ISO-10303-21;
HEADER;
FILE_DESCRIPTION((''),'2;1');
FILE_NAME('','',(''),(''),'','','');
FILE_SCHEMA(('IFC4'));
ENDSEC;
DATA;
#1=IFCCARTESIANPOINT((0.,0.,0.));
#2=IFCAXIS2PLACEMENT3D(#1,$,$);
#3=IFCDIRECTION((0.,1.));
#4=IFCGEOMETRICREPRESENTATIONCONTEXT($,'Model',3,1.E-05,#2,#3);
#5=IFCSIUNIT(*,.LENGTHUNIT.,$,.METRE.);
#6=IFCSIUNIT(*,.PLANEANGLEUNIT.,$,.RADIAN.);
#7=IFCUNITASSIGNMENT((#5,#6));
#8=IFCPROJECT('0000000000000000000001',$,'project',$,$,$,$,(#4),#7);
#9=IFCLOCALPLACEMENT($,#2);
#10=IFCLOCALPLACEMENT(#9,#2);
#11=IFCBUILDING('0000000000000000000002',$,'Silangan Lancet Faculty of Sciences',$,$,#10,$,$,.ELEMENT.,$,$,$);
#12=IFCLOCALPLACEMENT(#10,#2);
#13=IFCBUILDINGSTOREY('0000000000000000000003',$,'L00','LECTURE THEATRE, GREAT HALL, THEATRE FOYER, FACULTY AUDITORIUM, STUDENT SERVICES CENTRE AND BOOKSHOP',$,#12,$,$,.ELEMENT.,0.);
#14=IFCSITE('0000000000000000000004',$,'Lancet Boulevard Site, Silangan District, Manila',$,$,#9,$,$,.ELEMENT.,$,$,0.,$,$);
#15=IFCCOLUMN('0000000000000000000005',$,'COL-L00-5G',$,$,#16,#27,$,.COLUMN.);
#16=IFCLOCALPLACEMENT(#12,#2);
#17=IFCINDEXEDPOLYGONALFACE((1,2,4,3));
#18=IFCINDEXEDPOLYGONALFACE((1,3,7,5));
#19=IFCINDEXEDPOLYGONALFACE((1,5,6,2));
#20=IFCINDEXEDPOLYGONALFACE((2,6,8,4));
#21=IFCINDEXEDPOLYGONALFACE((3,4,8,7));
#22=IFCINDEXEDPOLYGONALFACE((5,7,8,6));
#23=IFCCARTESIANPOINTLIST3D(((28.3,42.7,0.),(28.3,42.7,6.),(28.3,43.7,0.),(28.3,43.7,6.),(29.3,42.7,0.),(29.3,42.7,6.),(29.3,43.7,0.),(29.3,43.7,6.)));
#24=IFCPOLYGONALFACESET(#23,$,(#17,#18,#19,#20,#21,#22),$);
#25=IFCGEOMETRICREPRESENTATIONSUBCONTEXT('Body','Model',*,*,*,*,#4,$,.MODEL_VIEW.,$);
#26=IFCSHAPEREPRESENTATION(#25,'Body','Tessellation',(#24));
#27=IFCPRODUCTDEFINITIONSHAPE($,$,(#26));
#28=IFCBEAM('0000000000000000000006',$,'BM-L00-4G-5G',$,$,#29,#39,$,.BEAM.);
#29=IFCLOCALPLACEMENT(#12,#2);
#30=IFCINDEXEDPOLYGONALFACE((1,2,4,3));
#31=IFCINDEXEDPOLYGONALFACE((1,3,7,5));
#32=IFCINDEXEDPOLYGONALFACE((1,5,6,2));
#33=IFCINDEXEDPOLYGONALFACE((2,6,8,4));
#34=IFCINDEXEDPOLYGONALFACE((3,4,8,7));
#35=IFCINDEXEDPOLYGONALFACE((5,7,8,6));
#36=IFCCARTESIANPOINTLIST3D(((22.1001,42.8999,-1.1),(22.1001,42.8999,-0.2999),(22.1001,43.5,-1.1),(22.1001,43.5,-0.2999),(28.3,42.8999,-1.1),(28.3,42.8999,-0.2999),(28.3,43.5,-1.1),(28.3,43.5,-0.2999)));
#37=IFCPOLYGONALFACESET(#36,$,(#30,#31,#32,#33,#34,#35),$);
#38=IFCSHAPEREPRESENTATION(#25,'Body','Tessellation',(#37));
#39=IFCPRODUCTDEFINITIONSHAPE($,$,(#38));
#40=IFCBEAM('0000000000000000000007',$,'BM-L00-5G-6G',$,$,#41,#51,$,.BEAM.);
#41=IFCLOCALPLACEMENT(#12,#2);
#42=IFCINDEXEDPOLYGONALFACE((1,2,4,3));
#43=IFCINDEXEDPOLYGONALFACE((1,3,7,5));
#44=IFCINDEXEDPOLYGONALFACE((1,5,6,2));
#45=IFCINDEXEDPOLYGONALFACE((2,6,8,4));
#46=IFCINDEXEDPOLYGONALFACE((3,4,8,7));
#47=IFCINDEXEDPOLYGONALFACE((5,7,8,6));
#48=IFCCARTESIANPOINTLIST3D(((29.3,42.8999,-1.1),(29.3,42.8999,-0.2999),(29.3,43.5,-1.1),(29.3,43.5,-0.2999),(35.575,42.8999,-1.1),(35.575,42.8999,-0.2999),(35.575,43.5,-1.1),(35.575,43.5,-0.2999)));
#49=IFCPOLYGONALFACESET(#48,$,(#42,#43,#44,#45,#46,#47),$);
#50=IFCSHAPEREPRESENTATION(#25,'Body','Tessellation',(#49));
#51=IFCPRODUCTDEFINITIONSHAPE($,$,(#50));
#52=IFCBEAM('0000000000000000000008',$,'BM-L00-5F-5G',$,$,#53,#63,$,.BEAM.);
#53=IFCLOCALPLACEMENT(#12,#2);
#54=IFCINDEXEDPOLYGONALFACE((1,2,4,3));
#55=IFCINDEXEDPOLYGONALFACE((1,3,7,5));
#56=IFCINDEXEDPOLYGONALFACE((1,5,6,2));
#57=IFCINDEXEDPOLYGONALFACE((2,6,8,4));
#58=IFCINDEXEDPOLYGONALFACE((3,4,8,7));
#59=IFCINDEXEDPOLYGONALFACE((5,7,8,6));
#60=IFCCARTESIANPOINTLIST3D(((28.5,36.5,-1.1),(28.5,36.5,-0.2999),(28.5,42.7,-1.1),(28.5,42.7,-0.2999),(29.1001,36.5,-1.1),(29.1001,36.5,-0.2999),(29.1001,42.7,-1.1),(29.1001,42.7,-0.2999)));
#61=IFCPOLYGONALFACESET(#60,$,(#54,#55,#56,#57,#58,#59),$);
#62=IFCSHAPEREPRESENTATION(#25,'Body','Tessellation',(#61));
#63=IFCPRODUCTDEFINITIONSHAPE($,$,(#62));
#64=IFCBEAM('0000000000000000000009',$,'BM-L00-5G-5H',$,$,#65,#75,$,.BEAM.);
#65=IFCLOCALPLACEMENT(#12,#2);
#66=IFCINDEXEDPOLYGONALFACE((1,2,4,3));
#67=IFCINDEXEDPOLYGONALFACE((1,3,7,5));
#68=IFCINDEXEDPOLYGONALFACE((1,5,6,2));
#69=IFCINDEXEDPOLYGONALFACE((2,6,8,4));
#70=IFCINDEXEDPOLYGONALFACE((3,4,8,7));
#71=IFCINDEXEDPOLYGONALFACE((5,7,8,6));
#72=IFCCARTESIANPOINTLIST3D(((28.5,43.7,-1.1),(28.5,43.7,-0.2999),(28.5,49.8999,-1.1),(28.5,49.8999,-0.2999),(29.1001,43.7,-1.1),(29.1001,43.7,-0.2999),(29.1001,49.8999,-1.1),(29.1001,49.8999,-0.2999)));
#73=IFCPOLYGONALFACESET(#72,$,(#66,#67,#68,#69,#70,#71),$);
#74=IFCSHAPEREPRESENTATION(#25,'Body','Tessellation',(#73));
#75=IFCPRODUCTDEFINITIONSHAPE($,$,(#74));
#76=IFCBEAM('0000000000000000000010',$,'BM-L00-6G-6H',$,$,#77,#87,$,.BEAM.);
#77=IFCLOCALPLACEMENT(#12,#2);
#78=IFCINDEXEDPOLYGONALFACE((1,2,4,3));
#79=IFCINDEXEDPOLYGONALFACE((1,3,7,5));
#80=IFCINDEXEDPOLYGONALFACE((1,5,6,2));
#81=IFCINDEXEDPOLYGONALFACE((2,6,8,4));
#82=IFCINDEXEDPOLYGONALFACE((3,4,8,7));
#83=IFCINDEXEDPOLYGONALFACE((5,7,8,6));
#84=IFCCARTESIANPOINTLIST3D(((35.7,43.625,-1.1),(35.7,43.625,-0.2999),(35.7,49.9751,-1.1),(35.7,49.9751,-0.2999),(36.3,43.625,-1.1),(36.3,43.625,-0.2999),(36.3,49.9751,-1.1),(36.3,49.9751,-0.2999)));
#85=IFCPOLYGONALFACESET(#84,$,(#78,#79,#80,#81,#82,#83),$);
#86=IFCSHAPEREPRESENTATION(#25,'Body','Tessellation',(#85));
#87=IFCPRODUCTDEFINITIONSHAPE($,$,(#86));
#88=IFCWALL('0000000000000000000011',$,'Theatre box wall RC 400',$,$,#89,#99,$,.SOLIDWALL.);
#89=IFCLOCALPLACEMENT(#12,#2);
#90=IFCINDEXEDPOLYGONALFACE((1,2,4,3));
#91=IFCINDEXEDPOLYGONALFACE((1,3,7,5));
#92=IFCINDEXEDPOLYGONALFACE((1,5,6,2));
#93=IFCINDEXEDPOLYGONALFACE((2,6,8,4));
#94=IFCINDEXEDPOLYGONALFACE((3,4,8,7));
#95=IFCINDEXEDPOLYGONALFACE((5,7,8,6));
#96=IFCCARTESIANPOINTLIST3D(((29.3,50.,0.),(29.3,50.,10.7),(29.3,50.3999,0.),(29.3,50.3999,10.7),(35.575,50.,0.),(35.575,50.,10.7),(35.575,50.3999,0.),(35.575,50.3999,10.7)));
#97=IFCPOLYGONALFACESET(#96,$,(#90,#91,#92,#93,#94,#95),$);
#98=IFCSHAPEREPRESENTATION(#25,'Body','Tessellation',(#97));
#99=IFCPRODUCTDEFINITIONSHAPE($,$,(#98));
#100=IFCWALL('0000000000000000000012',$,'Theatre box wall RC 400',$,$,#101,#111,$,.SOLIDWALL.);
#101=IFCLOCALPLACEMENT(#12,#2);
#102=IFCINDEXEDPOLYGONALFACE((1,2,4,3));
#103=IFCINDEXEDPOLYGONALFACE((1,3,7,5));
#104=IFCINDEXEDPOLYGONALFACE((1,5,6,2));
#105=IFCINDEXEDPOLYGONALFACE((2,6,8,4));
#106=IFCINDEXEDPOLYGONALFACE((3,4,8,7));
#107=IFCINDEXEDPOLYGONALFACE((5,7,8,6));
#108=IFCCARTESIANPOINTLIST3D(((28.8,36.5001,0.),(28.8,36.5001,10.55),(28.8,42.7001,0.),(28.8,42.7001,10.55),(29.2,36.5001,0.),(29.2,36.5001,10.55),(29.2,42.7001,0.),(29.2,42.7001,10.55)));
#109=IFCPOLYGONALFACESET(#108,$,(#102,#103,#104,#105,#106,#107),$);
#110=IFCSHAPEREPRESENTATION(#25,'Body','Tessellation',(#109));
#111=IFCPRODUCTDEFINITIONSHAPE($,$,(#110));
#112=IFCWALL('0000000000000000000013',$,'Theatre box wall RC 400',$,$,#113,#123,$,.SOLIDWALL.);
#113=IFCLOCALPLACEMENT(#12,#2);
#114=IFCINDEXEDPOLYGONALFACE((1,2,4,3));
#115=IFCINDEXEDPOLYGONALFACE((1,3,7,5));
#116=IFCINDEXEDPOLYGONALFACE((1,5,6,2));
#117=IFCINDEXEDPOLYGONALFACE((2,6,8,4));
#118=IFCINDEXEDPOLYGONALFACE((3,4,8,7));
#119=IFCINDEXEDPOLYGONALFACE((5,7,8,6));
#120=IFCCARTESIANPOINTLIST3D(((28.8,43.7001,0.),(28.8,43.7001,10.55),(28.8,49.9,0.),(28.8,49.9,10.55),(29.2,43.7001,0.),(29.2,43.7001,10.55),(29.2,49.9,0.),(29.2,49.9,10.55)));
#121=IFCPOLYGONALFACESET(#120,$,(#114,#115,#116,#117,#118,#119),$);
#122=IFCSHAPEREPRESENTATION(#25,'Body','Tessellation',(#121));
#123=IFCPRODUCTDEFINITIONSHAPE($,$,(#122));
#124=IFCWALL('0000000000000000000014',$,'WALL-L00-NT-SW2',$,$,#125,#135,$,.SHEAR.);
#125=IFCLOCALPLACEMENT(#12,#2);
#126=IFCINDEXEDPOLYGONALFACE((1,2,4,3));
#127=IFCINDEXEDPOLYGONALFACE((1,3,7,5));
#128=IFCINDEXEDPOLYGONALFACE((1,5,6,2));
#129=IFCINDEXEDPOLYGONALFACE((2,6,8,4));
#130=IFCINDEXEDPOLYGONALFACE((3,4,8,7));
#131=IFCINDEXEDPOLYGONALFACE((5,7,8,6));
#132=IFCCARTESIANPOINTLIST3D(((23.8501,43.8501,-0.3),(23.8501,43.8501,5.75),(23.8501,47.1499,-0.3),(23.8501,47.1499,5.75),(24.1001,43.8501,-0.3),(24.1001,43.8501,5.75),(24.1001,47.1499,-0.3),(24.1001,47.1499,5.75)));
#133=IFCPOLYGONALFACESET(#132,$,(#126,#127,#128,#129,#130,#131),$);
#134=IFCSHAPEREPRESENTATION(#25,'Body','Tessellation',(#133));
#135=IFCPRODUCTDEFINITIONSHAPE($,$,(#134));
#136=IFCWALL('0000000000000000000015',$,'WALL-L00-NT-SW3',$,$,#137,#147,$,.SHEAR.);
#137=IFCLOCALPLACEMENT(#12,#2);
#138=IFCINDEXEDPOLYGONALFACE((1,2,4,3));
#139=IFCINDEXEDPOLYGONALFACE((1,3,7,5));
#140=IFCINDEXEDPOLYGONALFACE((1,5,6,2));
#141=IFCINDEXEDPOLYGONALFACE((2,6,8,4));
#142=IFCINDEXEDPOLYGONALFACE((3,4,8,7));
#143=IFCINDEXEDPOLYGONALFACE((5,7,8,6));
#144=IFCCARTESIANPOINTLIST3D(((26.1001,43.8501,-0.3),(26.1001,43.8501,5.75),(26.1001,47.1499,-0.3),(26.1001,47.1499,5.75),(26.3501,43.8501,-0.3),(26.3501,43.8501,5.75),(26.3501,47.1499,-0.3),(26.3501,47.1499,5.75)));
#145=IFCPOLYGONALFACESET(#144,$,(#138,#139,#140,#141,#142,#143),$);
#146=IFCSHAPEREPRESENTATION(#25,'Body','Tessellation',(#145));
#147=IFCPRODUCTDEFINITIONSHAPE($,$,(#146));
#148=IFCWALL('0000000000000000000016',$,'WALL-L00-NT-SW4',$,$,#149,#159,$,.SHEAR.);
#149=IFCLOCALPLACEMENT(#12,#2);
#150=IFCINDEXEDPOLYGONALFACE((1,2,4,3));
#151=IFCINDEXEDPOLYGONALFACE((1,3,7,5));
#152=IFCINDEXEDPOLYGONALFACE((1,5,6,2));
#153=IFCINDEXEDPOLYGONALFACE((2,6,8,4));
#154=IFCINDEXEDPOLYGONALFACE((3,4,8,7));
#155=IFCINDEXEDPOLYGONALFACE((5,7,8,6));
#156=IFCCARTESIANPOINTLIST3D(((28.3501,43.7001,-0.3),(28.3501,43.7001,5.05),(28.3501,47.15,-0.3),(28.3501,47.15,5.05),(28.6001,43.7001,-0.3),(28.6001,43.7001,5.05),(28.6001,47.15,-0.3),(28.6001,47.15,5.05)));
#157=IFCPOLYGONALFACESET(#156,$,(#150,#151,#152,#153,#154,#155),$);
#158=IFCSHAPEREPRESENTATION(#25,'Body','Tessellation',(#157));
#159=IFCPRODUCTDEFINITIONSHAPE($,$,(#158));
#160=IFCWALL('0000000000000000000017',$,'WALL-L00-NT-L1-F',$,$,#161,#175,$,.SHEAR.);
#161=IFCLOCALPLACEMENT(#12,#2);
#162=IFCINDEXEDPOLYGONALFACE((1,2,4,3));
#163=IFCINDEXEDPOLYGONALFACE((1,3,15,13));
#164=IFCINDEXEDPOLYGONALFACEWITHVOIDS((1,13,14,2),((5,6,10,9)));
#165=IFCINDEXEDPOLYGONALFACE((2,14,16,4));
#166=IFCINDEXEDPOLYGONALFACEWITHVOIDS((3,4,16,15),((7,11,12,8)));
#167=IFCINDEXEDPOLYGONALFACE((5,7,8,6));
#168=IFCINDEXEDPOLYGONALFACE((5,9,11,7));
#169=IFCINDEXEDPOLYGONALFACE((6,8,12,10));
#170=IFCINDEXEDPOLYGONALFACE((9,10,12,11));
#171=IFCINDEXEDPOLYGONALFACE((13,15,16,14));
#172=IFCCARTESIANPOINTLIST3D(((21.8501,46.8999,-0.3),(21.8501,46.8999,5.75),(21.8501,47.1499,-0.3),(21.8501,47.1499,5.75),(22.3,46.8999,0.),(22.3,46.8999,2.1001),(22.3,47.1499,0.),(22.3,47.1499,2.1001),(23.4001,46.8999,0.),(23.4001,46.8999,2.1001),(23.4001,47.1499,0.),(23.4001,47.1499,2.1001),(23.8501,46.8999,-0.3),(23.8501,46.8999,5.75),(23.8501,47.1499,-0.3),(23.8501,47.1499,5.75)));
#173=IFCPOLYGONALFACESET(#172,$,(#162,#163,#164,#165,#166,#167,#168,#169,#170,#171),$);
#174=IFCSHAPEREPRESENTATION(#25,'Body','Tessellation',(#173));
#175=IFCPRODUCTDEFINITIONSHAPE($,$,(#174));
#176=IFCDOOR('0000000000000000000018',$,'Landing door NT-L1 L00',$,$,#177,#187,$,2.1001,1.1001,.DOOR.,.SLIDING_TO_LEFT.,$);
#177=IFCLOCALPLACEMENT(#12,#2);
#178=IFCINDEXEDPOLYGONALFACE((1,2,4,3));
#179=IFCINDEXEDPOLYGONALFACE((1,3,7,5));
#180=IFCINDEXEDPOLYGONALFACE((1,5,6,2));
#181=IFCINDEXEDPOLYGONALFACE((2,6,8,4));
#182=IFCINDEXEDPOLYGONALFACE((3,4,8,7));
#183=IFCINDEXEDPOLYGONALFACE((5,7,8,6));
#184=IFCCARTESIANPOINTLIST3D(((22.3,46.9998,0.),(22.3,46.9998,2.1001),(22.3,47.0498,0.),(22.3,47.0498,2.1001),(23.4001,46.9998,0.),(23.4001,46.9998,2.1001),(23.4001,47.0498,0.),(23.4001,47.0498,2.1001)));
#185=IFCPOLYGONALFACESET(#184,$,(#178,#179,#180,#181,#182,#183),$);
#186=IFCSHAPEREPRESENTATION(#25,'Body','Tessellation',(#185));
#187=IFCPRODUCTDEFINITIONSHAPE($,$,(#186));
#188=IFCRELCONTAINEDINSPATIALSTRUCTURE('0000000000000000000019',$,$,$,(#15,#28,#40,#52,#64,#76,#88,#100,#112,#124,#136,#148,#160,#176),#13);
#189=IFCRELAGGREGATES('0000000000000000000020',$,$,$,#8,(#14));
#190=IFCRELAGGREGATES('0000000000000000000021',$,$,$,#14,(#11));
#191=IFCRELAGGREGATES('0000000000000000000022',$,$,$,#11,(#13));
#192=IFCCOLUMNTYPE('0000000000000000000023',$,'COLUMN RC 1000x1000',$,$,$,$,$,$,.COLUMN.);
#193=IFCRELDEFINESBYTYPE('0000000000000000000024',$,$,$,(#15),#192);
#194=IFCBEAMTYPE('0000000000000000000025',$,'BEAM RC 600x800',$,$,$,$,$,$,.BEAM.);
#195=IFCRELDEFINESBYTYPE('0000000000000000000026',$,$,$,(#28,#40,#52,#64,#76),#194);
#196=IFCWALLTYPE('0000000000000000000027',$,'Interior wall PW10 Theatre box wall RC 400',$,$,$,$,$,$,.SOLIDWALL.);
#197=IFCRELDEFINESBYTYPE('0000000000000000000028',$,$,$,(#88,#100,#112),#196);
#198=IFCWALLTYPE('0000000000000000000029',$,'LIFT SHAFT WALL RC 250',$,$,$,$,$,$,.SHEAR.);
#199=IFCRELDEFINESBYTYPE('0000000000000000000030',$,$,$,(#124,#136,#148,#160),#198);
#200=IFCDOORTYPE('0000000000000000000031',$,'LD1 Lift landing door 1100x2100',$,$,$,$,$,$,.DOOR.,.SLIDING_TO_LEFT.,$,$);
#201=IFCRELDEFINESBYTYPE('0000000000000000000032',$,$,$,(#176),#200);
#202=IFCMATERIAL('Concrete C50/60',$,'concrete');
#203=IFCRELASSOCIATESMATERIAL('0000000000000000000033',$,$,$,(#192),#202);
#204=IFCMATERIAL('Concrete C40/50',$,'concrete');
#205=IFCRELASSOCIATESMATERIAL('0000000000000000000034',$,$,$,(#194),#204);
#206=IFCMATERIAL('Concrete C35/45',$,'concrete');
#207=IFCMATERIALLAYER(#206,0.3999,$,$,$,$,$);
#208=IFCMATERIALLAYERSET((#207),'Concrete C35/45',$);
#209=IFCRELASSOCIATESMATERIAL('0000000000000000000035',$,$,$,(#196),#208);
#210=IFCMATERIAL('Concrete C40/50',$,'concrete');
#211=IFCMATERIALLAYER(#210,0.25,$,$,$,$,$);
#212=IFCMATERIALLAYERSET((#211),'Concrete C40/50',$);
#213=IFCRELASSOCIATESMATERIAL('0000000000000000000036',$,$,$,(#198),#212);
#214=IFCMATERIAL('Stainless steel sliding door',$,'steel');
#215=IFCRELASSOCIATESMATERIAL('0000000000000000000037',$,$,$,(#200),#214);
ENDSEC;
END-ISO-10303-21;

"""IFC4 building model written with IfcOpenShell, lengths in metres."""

from ifc_helpers import new_model, si_unit, direction, frame, frame_2d, origin, origin_2d, place, context, subcontext, project, spatial, rectangle, extrude, material, layer, layer_set, material_profile, profile_set, type_object, element, fill, save


model = new_model("IFC4")

# Units and contexts
model_context = context("Model", 3, precision=1e-05, world=origin(), true_north=direction((0.0, 1.0)))
body_context = subcontext(model_context, "Body", "Model", "MODEL_VIEW")
ifc_project = project(units=[si_unit("LENGTHUNIT", "METRE"), si_unit("PLANEANGLEUNIT", "RADIAN")], contexts=[model_context])

# Site, building, storey
site_placement = place(None, origin())
site = spatial("IfcSite", under=ifc_project, at=site_placement, Name="Lancet Boulevard Site, Silangan District, Manila", CompositionType="ELEMENT", RefElevation=0.0)
building_placement = place(site_placement, origin())
building = spatial("IfcBuilding", under=site, at=building_placement, Name="Silangan Lancet Faculty of Sciences", CompositionType="ELEMENT")
storey_placement = place(building_placement, origin())
storey = spatial("IfcBuildingStorey", under=building, at=storey_placement, Name="L00", Description="LECTURE THEATRE, GREAT HALL, THEATRE FOYER, FACULTY AUDITORIUM, STUDENT SERVICES CENTRE AND BOOKSHOP", CompositionType="ELEMENT", Elevation=0.0)

# Column
ifc_material_1 = material(Name="Concrete C50/60", Category="concrete")
ifc_material_profile_1 = material_profile(ifc_material_1, rectangle(XDim=1.0, YDim=1.0, at=origin_2d()), Name="RC 1000x1000")
ifc_profile_set_1 = profile_set([ifc_material_profile_1], Name="Concrete C50/60")
column_type = type_object("IfcColumnType", Name="COLUMN RC 1000x1000", PredefinedType="COLUMN", material=ifc_profile_set_1)
column_placement = place(storey_placement, frame((28.8, 43.2, 0.0), z_axis=(0.0, 0.0, 1.0), x_axis=(1.0, 0.0, 0.0)))
element("IfcColumn", 1, at=column_placement, inside=storey, type_object=column_type, Name="COL-L00-5G", PredefinedType="COLUMN", context=body_context, shape_type="SweptSolid", body=[
    extrude(rectangle(XDim=1.0, YDim=1.0, at=origin_2d()), origin(), (0.0, 0.0, 1.0), 6.0),
])

# Beams
ifc_material_2 = material(Name="Concrete C40/50", Category="concrete")
ifc_material_profile_2 = material_profile(ifc_material_2, rectangle(XDim=0.6001, YDim=0.8, at=origin_2d()), Name="RC 600x800")
ifc_profile_set_2 = profile_set([ifc_material_profile_2], Name="Concrete C40/50")
beam_type = type_object("IfcBeamType", Name="BEAM RC 600x800", PredefinedType="BEAM", material=ifc_profile_set_2)
beam_1_placement = place(storey_placement, frame((22.1001, 43.2, -0.7), z_axis=(1.0, 0.0, 0.0), x_axis=(0.0, 1.0, 0.0)))
element("IfcBeam", 2, at=beam_1_placement, inside=storey, type_object=beam_type, Name="BM-L00-4G-5G", PredefinedType="BEAM", context=body_context, shape_type="SweptSolid", body=[
    extrude(rectangle(XDim=0.6001, YDim=0.8, at=origin_2d()), origin(), (0.0, 0.0, 1.0), 6.2),
])
beam_2_placement = place(storey_placement, frame((29.3, 43.2, -0.7), z_axis=(1.0, 0.0, 0.0), x_axis=(0.0, 1.0, 0.0)))
element("IfcBeam", 3, at=beam_2_placement, inside=storey, type_object=beam_type, Name="BM-L00-5G-6G", PredefinedType="BEAM", context=body_context, shape_type="SweptSolid", body=[
    extrude(rectangle(XDim=0.6001, YDim=0.8, at=origin_2d()), origin(), (0.0, 0.0, 1.0), 6.2749),
])
for number, where, z_axis, x_axis, name in (
    (4, (28.8, 36.5, -0.7), (0.0, 1.0, 0.0), (-1.0, 0.0, 0.0), "BM-L00-5F-5G"),
    (5, (28.8, 43.7, -0.7), (0.0, 1.0, 0.0), (-1.0, 0.0, 0.0), "BM-L00-5G-5H"),
):
    element("IfcBeam", number, at=place(storey_placement, frame(where, z_axis=z_axis, x_axis=x_axis)), inside=storey, type_object=beam_type, Name=name, PredefinedType="BEAM", context=body_context, shape_type="SweptSolid", body=[
        extrude(rectangle(XDim=0.6001, YDim=0.8, at=origin_2d()), origin(), (0.0, 0.0, 1.0), 6.2),
    ])
beam_3_placement = place(storey_placement, frame((36.0, 43.625, -0.7), z_axis=(0.0, 1.0, 0.0), x_axis=(-1.0, 0.0, 0.0)))
element("IfcBeam", 6, at=beam_3_placement, inside=storey, type_object=beam_type, Name="BM-L00-6G-6H", PredefinedType="BEAM", context=body_context, shape_type="SweptSolid", body=[
    extrude(rectangle(XDim=0.6001, YDim=0.8, at=origin_2d()), origin(), (0.0, 0.0, 1.0), 6.3501),
])

# Walls
ifc_material_3 = material(Name="Concrete C35/45", Category="concrete")
ifc_layer_1 = layer(ifc_material_3, 0.3999)
ifc_layer_set_1 = layer_set([ifc_layer_1], Name="Concrete C35/45")
wall_type_1 = type_object("IfcWallType", Name="Interior wall PW10 Theatre box wall RC 400", PredefinedType="SOLIDWALL", material=ifc_layer_set_1)
wall_1_placement = place(storey_placement, frame((29.3, 50.2, 0.0), z_axis=(0.0, 0.0, 1.0), x_axis=(1.0, 0.0, 0.0)))
element("IfcWall", 7, at=wall_1_placement, inside=storey, type_object=wall_type_1, Name="Theatre box wall RC 400", PredefinedType="SOLIDWALL", context=body_context, shape_type="SweptSolid", body=[
    extrude(rectangle(XDim=6.2749, YDim=0.3999, at=frame_2d((3.1375, 0.0))), origin(), (0.0, 0.0, 1.0), 10.7),
])
for number, where, z_axis, x_axis, name in (
    (8, (29.0, 36.5, 0.0), (0.0, 0.0, 1.0), (0.0, 1.0, 0.0), "Theatre box wall RC 400"),
    (9, (29.0, 43.7, 0.0), (0.0, 0.0, 1.0), (0.0, 1.0, 0.0), "Theatre box wall RC 400"),
):
    element("IfcWall", number, at=place(storey_placement, frame(where, z_axis=z_axis, x_axis=x_axis)), inside=storey, type_object=wall_type_1, Name=name, PredefinedType="SOLIDWALL", context=body_context, shape_type="SweptSolid", body=[
        extrude(rectangle(XDim=6.2, YDim=0.3999, at=frame_2d((3.1001, 0.0))), origin(), (0.0, 0.0, 1.0), 10.55),
    ])
ifc_material_4 = material(Name="Concrete C40/50", Category="concrete")
ifc_layer_2 = layer(ifc_material_4, 0.25)
ifc_layer_set_2 = layer_set([ifc_layer_2], Name="Concrete C40/50")
wall_type_2 = type_object("IfcWallType", Name="LIFT SHAFT WALL RC 250", PredefinedType="SHEAR", material=ifc_layer_set_2)
for number, where, z_axis, x_axis, name in (
    (10, (23.9751, 43.8501, -0.3), (0.0, 0.0, 1.0), (0.0, 1.0, 0.0), "WALL-L00-NT-SW2"),
    (11, (26.2251, 43.8501, -0.3), (0.0, 0.0, 1.0), (0.0, 1.0, 0.0), "WALL-L00-NT-SW3"),
):
    element("IfcWall", number, at=place(storey_placement, frame(where, z_axis=z_axis, x_axis=x_axis)), inside=storey, type_object=wall_type_2, Name=name, PredefinedType="SHEAR", context=body_context, shape_type="SweptSolid", body=[
        extrude(rectangle(XDim=3.2998, YDim=0.25, at=frame_2d((1.6499, 0.0))), origin(), (0.0, 0.0, 1.0), 6.05),
    ])
wall_2_placement = place(storey_placement, frame((28.4751, 43.7, -0.3), z_axis=(0.0, 0.0, 1.0), x_axis=(0.0, 1.0, 0.0)))
element("IfcWall", 12, at=wall_2_placement, inside=storey, type_object=wall_type_2, Name="WALL-L00-NT-SW4", PredefinedType="SHEAR", context=body_context, shape_type="SweptSolid", body=[
    extrude(rectangle(XDim=3.45, YDim=0.25, at=frame_2d((1.7251, 0.0))), origin(), (0.0, 0.0, 1.0), 5.3501),
])

# Wall, opening, door
wall_3_placement = place(storey_placement, frame((21.8501, 47.0249, -0.3), z_axis=(0.0, 0.0, 1.0), x_axis=(1.0, 0.0, 0.0)))
wall_3 = element("IfcWall", 13, at=wall_3_placement, inside=storey, type_object=wall_type_2, Name="WALL-L00-NT-L1-F", PredefinedType="SHEAR", context=body_context, shape_type="SweptSolid", body=[
    extrude(rectangle(XDim=2.0, YDim=0.25, at=frame_2d((1.0, 0.0))), origin(), (0.0, 0.0, 1.0), 6.05),
])
opening_1_placement = place(wall_3_placement, frame((0.45, 0.0, 0.3)))
opening_1 = element("IfcOpeningElement", 14, at=opening_1_placement, cuts=wall_3, PredefinedType="OPENING", context=body_context, shape_type="SweptSolid", body=[
    extrude(rectangle(XDim=1.1001, YDim=2.1001, at=frame_2d((0.55, 1.05))), frame((0.0, 0.135, 0.0), z_axis=(0.0, -1.0, 0.0), x_axis=(1.0, 0.0, 0.0)), (0.0, 0.0, 1.0), 0.27),
])
ifc_material_5 = material(Name="Stainless steel sliding door", Category="steel")
door_type = type_object("IfcDoorType", Name="LD1 Lift landing door 1100x2100", OperationType="SLIDING_TO_LEFT", PredefinedType="DOOR", material=ifc_material_5)
door_1_placement = place(opening_1_placement, origin())
door_1 = element("IfcDoor", 15, at=door_1_placement, inside=storey, type_object=door_type, Name="Landing door NT-L1 L00", OperationType="SLIDING_TO_LEFT", OverallHeight=2.1001, OverallWidth=1.1001, PredefinedType="DOOR", context=body_context, shape_type="SweptSolid", body=[
    extrude(rectangle(XDim=1.1001, YDim=2.1001, at=frame_2d((0.55, 1.05))), frame((0.0, 0.0249, 0.0), z_axis=(0.0, -1.0, 0.0), x_axis=(1.0, 0.0, 0.0)), (0.0, 0.0, 1.0), 0.05),
])
fill(opening_1, door_1)

save(model, "model.ifc")
